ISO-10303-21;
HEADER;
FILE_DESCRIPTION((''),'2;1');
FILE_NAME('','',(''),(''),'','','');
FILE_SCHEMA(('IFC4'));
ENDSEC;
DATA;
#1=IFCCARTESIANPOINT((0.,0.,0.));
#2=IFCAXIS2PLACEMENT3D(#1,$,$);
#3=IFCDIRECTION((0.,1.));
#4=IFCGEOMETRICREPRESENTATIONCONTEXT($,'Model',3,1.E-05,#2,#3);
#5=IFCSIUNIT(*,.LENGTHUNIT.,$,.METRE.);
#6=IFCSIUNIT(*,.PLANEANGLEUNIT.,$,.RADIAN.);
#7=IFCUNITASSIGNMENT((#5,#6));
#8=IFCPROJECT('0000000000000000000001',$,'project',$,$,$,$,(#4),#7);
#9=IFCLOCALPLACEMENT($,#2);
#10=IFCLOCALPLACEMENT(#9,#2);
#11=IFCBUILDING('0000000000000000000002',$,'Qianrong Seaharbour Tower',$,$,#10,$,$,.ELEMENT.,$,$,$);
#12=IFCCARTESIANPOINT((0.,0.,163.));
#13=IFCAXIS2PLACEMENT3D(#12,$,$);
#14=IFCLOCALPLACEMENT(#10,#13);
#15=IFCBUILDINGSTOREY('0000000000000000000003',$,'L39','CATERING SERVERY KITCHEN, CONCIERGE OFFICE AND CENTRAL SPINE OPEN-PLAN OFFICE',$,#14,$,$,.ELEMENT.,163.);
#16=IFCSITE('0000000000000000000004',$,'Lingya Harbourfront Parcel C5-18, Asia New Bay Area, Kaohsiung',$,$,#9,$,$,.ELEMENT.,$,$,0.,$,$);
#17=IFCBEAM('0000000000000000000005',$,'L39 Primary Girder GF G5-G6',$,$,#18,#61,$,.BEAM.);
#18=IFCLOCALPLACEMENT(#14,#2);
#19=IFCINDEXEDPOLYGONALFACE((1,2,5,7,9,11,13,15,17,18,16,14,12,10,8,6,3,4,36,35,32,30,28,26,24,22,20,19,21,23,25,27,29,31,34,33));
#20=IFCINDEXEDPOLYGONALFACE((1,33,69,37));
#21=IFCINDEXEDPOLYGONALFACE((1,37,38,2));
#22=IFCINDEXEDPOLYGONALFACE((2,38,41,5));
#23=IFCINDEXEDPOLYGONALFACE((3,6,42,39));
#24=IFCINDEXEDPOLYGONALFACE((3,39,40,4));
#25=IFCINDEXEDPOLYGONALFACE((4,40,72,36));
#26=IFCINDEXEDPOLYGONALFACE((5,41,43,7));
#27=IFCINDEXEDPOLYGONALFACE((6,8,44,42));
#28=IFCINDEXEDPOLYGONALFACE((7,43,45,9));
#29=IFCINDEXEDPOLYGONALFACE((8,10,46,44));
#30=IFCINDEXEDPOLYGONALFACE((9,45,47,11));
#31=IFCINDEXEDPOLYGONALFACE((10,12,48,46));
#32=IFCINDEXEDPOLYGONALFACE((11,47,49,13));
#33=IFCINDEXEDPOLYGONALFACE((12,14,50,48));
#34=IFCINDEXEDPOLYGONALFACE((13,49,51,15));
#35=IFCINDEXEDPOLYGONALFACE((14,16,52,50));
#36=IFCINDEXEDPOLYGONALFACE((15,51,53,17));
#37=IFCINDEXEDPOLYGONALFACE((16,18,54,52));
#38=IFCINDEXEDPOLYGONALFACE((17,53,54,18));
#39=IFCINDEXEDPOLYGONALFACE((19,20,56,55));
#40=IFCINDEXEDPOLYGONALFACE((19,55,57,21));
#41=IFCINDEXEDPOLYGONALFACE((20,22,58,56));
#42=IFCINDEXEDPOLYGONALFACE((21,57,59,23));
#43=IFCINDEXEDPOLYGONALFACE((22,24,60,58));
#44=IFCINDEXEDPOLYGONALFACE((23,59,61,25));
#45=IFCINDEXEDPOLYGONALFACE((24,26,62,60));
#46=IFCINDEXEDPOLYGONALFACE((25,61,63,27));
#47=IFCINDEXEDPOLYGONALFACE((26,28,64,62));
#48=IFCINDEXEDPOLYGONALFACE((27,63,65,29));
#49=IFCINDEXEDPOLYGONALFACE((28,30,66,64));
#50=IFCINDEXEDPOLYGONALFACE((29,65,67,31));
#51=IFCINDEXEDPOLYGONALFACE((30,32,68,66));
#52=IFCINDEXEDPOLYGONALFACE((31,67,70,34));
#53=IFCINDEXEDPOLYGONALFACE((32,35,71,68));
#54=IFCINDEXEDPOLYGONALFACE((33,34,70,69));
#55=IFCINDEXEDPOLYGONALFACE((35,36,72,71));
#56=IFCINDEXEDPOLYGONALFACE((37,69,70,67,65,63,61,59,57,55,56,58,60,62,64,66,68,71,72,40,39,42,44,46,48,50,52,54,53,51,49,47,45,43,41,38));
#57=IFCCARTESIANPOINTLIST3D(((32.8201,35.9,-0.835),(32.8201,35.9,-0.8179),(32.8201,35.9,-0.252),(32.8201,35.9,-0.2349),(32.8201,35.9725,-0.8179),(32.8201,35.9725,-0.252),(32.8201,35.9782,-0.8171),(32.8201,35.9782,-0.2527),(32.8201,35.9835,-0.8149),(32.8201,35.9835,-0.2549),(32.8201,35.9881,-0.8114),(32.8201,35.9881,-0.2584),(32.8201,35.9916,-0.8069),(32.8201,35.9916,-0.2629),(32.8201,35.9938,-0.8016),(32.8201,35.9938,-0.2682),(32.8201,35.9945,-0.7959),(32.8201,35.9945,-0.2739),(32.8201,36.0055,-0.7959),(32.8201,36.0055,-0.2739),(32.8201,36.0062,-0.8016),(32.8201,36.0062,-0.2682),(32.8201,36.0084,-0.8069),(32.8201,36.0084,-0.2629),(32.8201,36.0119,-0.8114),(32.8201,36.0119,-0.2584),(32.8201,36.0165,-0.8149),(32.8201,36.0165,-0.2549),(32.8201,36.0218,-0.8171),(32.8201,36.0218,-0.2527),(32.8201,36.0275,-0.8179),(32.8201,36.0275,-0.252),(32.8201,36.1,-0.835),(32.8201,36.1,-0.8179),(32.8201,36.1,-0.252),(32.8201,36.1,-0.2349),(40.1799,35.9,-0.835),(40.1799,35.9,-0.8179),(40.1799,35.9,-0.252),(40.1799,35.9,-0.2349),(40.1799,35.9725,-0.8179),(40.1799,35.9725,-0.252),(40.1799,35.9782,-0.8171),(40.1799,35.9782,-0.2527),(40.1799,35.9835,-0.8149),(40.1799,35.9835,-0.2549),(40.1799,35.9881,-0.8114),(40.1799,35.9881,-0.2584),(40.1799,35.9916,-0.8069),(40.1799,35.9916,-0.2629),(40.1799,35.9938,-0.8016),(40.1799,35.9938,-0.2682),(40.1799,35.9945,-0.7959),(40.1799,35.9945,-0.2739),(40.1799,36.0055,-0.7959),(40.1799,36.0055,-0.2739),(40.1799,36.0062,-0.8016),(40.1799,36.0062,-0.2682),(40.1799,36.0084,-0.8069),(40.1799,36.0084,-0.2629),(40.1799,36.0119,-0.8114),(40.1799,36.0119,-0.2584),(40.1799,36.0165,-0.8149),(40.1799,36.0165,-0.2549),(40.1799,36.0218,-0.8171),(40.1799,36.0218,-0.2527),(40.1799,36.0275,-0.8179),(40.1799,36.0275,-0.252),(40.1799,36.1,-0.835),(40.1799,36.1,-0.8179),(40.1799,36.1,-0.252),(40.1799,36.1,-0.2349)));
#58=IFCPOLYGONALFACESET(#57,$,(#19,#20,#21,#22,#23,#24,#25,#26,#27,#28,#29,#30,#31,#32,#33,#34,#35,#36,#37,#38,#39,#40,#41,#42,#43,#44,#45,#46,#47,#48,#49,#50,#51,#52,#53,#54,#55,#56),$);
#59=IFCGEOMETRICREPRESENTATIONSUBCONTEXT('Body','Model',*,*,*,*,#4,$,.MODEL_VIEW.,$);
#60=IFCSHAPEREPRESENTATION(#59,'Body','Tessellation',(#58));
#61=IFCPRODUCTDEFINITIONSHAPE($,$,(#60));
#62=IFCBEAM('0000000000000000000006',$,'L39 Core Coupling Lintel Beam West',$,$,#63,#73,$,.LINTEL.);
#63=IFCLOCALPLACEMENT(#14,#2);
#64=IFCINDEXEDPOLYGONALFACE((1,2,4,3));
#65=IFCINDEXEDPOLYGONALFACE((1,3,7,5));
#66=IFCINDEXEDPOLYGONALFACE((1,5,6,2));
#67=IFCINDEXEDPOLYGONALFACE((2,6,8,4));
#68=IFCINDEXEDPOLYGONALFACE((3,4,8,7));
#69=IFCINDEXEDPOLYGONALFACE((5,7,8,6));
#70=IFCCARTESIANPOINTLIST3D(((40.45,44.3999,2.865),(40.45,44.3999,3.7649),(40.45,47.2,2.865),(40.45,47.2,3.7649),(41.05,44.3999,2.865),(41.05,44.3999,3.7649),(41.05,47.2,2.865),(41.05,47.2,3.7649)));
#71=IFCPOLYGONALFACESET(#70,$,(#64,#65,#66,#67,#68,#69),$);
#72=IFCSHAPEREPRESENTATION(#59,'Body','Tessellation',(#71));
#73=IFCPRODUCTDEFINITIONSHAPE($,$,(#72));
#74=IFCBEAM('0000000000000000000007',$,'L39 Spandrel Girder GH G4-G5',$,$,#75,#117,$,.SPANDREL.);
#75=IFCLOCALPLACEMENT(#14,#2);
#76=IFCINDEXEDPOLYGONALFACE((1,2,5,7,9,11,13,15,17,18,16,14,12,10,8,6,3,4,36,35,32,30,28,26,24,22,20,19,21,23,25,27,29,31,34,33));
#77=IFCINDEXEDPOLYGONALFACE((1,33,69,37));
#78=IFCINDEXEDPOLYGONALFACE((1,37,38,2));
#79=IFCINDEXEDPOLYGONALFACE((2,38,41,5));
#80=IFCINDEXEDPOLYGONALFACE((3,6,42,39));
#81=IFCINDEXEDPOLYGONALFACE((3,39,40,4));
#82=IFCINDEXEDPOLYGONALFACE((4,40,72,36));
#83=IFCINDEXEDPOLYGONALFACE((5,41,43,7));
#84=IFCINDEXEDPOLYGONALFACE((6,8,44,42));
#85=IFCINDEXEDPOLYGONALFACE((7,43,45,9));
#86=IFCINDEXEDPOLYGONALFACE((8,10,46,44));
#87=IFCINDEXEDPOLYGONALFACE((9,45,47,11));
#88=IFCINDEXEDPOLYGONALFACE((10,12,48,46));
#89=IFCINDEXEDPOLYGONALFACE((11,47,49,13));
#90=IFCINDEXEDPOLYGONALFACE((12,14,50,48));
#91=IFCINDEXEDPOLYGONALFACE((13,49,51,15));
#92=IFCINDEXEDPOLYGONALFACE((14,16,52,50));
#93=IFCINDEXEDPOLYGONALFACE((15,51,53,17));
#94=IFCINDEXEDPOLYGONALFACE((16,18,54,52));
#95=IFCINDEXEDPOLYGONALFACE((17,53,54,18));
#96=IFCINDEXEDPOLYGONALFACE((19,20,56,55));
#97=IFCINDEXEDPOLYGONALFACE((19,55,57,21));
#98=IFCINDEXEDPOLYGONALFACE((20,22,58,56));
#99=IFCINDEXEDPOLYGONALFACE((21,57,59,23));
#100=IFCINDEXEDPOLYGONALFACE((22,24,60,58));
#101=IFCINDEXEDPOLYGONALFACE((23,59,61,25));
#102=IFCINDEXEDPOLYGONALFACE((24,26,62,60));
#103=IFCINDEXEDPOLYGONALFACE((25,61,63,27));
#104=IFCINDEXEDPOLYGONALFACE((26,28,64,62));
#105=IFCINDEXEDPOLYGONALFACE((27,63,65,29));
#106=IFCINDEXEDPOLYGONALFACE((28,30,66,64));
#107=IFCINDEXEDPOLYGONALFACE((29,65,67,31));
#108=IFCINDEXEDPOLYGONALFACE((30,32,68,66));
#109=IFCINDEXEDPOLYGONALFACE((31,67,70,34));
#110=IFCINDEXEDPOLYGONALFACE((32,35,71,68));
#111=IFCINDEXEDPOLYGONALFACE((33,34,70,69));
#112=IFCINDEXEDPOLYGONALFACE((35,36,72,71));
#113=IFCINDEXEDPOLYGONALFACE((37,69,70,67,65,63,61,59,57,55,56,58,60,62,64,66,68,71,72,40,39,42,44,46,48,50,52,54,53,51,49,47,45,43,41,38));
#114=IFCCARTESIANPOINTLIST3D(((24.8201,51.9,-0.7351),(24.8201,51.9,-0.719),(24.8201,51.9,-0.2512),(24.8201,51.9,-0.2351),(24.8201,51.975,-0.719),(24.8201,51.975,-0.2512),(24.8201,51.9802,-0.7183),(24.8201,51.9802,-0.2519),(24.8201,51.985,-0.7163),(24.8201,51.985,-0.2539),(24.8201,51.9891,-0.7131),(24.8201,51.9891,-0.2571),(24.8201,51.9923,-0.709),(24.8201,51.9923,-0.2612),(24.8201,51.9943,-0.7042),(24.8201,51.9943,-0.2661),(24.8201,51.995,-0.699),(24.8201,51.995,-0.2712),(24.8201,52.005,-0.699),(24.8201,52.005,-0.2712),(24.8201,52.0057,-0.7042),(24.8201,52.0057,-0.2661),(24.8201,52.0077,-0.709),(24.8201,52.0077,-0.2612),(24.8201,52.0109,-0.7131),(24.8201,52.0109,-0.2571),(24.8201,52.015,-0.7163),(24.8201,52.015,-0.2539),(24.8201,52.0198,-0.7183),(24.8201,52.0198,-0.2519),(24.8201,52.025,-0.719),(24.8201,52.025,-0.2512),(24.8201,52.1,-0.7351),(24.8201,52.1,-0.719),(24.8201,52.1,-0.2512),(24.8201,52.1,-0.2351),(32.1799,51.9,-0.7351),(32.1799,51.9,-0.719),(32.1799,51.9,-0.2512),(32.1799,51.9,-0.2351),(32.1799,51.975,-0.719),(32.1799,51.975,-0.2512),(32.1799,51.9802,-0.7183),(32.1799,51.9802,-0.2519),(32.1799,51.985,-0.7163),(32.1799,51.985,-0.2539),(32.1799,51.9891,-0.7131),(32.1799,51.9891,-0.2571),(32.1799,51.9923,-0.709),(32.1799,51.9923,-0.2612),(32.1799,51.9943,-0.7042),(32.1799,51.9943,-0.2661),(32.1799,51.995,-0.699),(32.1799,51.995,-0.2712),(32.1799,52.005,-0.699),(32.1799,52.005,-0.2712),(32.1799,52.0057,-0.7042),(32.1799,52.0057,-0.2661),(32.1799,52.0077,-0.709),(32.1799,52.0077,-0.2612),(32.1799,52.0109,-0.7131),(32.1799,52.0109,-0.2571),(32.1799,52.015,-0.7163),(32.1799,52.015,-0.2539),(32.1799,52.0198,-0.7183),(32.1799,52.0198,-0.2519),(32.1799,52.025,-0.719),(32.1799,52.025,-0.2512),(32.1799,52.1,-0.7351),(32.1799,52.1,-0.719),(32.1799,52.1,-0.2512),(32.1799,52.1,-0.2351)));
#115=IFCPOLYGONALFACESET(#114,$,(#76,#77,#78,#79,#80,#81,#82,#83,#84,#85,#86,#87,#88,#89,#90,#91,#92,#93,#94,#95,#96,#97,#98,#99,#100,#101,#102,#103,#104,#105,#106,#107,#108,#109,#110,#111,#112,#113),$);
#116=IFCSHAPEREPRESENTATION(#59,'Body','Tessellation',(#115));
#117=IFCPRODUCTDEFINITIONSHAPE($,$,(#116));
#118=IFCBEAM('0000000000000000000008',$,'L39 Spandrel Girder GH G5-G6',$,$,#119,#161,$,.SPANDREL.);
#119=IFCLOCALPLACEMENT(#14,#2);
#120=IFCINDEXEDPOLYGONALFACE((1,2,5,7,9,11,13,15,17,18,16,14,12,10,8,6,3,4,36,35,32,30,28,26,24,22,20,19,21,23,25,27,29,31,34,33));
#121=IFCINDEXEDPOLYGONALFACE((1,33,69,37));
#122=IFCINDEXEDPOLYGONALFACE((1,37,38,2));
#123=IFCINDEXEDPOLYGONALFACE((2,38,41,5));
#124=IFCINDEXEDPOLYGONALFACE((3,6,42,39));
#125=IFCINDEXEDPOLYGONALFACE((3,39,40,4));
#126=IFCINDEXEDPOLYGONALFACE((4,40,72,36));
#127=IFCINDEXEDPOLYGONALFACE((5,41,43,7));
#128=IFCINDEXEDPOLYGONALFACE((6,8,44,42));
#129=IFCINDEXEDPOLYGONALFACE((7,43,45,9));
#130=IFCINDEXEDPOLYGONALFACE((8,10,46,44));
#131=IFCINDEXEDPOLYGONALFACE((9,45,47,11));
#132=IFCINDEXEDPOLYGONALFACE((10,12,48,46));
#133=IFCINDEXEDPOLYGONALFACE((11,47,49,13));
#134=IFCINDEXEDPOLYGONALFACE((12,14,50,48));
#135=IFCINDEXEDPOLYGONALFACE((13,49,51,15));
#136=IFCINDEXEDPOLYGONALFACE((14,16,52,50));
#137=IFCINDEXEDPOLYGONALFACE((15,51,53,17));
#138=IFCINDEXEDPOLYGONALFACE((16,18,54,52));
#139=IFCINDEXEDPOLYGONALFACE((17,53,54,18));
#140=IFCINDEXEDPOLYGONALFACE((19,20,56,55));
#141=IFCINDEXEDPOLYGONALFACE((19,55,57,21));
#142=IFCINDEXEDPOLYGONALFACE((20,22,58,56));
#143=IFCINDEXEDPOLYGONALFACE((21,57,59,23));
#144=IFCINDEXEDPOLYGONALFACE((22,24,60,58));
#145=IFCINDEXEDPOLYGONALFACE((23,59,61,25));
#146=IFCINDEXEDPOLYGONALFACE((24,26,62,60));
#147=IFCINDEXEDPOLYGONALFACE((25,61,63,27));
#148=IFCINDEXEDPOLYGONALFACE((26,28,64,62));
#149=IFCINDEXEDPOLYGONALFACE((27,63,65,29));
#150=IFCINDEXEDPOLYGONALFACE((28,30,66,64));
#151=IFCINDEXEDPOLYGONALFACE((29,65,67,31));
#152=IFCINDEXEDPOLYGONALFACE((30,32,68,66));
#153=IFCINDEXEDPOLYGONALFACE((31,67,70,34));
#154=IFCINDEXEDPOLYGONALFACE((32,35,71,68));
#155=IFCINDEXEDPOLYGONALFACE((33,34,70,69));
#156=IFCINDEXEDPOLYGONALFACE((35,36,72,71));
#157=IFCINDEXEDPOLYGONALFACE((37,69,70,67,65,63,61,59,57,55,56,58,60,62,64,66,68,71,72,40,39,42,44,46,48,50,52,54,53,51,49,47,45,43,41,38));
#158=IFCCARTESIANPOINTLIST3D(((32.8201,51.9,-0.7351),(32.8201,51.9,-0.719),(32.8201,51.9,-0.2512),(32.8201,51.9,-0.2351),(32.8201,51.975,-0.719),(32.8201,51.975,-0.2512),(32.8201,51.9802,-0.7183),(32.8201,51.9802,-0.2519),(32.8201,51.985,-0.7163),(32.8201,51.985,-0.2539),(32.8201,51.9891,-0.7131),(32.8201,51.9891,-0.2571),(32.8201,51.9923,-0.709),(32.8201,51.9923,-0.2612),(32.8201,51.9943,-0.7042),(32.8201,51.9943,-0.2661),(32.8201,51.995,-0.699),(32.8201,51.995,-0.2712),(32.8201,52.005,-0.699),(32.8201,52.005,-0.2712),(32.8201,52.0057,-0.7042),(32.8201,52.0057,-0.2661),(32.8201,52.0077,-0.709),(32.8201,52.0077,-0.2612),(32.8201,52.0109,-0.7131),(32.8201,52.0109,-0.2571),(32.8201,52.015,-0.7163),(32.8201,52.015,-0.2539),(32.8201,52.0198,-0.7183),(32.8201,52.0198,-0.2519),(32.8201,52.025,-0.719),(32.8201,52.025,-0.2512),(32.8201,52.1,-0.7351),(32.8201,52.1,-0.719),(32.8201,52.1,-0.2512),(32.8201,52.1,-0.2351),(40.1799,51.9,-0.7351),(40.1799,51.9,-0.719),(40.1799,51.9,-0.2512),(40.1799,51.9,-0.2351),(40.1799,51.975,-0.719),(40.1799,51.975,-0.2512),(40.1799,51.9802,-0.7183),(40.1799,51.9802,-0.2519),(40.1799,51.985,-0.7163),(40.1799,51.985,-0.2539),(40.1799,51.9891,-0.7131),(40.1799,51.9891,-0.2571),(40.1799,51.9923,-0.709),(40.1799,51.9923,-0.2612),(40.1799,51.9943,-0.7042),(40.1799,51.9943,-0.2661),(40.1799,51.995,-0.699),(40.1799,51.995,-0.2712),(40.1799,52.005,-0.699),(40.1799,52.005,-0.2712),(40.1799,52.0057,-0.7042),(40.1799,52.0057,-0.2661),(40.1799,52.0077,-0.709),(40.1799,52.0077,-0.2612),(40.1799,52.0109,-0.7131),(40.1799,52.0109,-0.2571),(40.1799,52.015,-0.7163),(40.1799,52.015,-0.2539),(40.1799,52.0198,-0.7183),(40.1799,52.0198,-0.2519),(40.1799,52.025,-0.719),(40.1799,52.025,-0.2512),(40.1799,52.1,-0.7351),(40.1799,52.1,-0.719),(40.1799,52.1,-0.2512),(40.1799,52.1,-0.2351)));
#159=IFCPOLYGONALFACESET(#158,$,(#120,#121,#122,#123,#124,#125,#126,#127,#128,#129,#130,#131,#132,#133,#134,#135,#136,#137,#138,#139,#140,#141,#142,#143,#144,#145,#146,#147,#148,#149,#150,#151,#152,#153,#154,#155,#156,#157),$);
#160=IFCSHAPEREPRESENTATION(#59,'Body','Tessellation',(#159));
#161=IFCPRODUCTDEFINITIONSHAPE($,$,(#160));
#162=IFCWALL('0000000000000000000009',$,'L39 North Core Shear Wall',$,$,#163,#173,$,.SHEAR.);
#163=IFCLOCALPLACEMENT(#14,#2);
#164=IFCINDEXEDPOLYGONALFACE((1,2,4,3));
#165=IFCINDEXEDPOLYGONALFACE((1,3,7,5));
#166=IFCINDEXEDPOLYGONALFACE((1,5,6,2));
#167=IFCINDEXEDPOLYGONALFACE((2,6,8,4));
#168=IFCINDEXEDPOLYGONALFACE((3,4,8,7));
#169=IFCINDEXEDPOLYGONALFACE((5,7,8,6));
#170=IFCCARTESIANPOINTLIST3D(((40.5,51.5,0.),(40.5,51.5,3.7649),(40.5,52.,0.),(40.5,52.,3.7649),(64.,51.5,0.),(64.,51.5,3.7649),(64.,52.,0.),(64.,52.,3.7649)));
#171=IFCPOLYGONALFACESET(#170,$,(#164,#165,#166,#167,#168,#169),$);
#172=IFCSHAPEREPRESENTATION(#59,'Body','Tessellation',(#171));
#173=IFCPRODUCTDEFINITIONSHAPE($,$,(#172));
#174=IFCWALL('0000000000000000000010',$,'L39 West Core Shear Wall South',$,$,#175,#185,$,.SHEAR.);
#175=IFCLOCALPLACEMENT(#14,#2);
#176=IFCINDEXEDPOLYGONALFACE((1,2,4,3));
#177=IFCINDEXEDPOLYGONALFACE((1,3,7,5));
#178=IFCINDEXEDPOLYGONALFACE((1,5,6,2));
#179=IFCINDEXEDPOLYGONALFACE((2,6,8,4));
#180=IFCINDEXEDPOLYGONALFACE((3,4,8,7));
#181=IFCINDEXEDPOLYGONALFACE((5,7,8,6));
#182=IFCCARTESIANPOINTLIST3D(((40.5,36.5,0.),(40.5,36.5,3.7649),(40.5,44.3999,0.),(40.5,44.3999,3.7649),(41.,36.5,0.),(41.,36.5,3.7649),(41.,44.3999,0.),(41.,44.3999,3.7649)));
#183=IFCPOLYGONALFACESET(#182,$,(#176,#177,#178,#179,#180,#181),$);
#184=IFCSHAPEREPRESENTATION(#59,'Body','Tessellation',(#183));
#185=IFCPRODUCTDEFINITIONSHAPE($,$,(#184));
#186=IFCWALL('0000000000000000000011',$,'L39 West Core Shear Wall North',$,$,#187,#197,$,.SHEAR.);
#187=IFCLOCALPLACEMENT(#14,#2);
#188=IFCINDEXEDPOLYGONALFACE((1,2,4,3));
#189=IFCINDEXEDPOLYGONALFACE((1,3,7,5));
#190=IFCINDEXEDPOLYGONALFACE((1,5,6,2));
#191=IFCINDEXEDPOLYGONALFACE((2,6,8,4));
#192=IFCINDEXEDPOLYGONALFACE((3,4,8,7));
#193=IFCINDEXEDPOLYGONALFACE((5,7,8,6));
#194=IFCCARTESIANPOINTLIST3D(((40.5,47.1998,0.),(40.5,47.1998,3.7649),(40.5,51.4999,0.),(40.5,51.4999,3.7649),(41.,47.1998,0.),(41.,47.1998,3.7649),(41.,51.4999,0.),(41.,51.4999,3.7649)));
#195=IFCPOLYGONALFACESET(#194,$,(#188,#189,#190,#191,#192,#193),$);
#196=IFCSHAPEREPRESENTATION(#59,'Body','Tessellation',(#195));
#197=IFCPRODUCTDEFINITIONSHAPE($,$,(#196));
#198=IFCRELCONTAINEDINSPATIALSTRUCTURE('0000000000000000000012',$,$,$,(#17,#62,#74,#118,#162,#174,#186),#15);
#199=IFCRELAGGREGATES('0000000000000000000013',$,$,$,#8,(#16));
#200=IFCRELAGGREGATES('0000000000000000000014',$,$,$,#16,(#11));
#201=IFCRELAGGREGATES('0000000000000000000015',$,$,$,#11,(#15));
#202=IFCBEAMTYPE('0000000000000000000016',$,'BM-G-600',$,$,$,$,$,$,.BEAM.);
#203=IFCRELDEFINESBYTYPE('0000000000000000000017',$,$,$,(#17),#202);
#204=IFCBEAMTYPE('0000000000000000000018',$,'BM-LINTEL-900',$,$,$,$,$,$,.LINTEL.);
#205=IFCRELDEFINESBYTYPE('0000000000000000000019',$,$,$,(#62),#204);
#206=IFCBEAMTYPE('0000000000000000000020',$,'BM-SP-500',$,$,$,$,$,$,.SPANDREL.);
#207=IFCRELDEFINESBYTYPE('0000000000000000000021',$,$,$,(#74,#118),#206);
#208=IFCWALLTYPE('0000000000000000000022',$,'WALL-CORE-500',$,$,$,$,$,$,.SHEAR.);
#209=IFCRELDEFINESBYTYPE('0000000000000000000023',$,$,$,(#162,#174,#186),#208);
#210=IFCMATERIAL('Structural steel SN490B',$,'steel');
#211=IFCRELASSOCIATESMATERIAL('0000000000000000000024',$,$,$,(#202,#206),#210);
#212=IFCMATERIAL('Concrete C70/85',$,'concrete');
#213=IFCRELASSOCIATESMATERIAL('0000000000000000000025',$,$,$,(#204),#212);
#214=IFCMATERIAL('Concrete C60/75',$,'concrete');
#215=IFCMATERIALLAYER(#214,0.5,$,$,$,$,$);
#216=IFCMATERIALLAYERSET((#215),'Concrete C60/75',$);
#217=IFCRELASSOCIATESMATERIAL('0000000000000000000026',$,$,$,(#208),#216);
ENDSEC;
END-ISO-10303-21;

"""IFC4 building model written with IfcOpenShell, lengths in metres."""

from ifc_helpers import new_model, si_unit, direction, frame, frame_2d, origin, origin_2d, place, context, subcontext, project, spatial, rectangle, i_section, extrude, material, layer, layer_set, material_profile, profile_set, type_object, element, save


model = new_model("IFC4")

# Units and contexts
model_context = context("Model", 3, precision=1e-05, world=origin(), true_north=direction((0.0, 1.0)))
body_context = subcontext(model_context, "Body", "Model", "MODEL_VIEW")
ifc_project = project(units=[si_unit("LENGTHUNIT", "METRE"), si_unit("PLANEANGLEUNIT", "RADIAN")], contexts=[model_context])

# Site, building, storey
site_placement = place(None, origin())
site = spatial("IfcSite", under=ifc_project, at=site_placement, Name="Lingya Harbourfront Parcel C5-18, Asia New Bay Area, Kaohsiung", CompositionType="ELEMENT", RefElevation=0.0)
building_placement = place(site_placement, origin())
building = spatial("IfcBuilding", under=site, at=building_placement, Name="Qianrong Seaharbour Tower", CompositionType="ELEMENT")
storey_placement = place(building_placement, frame((0.0, 0.0, 163.0)))
storey = spatial("IfcBuildingStorey", under=building, at=storey_placement, Name="L39", Description="CATERING SERVERY KITCHEN, CONCIERGE OFFICE AND CENTRAL SPINE OPEN-PLAN OFFICE", CompositionType="ELEMENT", Elevation=163.0)

# Shared definitions
ifc_material_1 = material(Name="Structural steel SN490B", Category="steel")

# Beams
ifc_material_profile_1 = material_profile(ifc_material_1, i_section(OverallWidth=0.2, OverallDepth=0.6001, WebThickness=0.011, FlangeThickness=0.0171, FilletRadius=0.022, at=origin_2d()), Name="H600x200x11x17")
ifc_profile_set_1 = profile_set([ifc_material_profile_1], Name="Structural steel SN490B")
beam_type_1 = type_object("IfcBeamType", Name="BM-G-600", PredefinedType="BEAM", material=ifc_profile_set_1)
beam_1_placement = place(storey_placement, frame((32.8201, 36.0, -0.5349), z_axis=(1.0, 0.0, 0.0), x_axis=(0.0, 1.0, 0.0)))
element("IfcBeam", 1, at=beam_1_placement, inside=storey, type_object=beam_type_1, Name="L39 Primary Girder GF G5-G6", PredefinedType="BEAM", context=body_context, shape_type="SweptSolid", body=[
    extrude(i_section(OverallWidth=0.2, OverallDepth=0.6001, WebThickness=0.011, FlangeThickness=0.0171, FilletRadius=0.022, at=origin_2d()), origin(), (0.0, 0.0, 1.0), 7.3599),
])
ifc_material_2 = material(Name="Concrete C70/85", Category="concrete")
ifc_material_profile_2 = material_profile(ifc_material_2, rectangle(XDim=0.6001, YDim=0.8999, at=origin_2d()), Name="RC600x900")
ifc_profile_set_2 = profile_set([ifc_material_profile_2], Name="Concrete C70/85")
beam_type_2 = type_object("IfcBeamType", Name="BM-LINTEL-900", PredefinedType="LINTEL", material=ifc_profile_set_2)
beam_2_placement = place(storey_placement, frame((40.75, 44.3999, 3.3149), z_axis=(0.0, 1.0, 0.0), x_axis=(-1.0, 0.0, 0.0)))
element("IfcBeam", 2, at=beam_2_placement, inside=storey, type_object=beam_type_2, Name="L39 Core Coupling Lintel Beam West", PredefinedType="LINTEL", context=body_context, shape_type="SweptSolid", body=[
    extrude(rectangle(XDim=0.6001, YDim=0.8999, at=origin_2d()), origin(), (0.0, 0.0, 1.0), 2.8),
])
ifc_material_profile_3 = material_profile(ifc_material_1, i_section(OverallWidth=0.2, OverallDepth=0.5, WebThickness=0.01, FlangeThickness=0.0161, FilletRadius=0.02, at=origin_2d()), Name="H500x200x10x16")
ifc_profile_set_3 = profile_set([ifc_material_profile_3], Name="Structural steel SN490B")
beam_type_3 = type_object("IfcBeamType", Name="BM-SP-500", PredefinedType="SPANDREL", material=ifc_profile_set_3)
for number, where, z_axis, x_axis, name in (
    (3, (24.8201, 52.0, -0.4851), (1.0, 0.0, 0.0), (0.0, 1.0, 0.0), "L39 Spandrel Girder GH G4-G5"),
    (4, (32.8201, 52.0, -0.4851), (1.0, 0.0, 0.0), (0.0, 1.0, 0.0), "L39 Spandrel Girder GH G5-G6"),
):
    element("IfcBeam", number, at=place(storey_placement, frame(where, z_axis=z_axis, x_axis=x_axis)), inside=storey, type_object=beam_type_3, Name=name, PredefinedType="SPANDREL", context=body_context, shape_type="SweptSolid", body=[
        extrude(i_section(OverallWidth=0.2, OverallDepth=0.5, WebThickness=0.01, FlangeThickness=0.0161, FilletRadius=0.02, at=origin_2d()), origin(), (0.0, 0.0, 1.0), 7.3599),
    ])

# Walls
ifc_material_3 = material(Name="Concrete C60/75", Category="concrete")
ifc_layer_1 = layer(ifc_material_3, 0.5)
ifc_layer_set_1 = layer_set([ifc_layer_1], Name="Concrete C60/75")
wall_type_1 = type_object("IfcWallType", Name="WALL-CORE-500", PredefinedType="SHEAR", material=ifc_layer_set_1)
wall_1_placement = place(storey_placement, frame((40.5, 51.75, 0.0), z_axis=(0.0, 0.0, 1.0), x_axis=(1.0, 0.0, 0.0)))
element("IfcWall", 5, at=wall_1_placement, inside=storey, type_object=wall_type_1, Name="L39 North Core Shear Wall", PredefinedType="SHEAR", context=body_context, shape_type="SweptSolid", body=[
    extrude(rectangle(XDim=23.5, YDim=0.5, at=frame_2d((11.75, 0.0))), origin(), (0.0, 0.0, 1.0), 3.7649),
])
wall_2_placement = place(storey_placement, frame((40.75, 36.5, 0.0), z_axis=(0.0, 0.0, 1.0), x_axis=(0.0, 1.0, 0.0)))
element("IfcWall", 6, at=wall_2_placement, inside=storey, type_object=wall_type_1, Name="L39 West Core Shear Wall South", PredefinedType="SHEAR", context=body_context, shape_type="SweptSolid", body=[
    extrude(rectangle(XDim=7.8999, YDim=0.5, at=frame_2d((3.95, 0.0))), origin(), (0.0, 0.0, 1.0), 3.7649),
])
wall_3_placement = place(storey_placement, frame((40.75, 47.2, 0.0), z_axis=(0.0, 0.0, 1.0), x_axis=(0.0, 1.0, 0.0)))
element("IfcWall", 7, at=wall_3_placement, inside=storey, type_object=wall_type_1, Name="L39 West Core Shear Wall North", PredefinedType="SHEAR", context=body_context, shape_type="SweptSolid", body=[
    extrude(rectangle(XDim=4.3, YDim=0.5, at=frame_2d((2.1499, 0.0))), origin(), (0.0, 0.0, 1.0), 3.7649),
])

save(model, "model.ifc")
